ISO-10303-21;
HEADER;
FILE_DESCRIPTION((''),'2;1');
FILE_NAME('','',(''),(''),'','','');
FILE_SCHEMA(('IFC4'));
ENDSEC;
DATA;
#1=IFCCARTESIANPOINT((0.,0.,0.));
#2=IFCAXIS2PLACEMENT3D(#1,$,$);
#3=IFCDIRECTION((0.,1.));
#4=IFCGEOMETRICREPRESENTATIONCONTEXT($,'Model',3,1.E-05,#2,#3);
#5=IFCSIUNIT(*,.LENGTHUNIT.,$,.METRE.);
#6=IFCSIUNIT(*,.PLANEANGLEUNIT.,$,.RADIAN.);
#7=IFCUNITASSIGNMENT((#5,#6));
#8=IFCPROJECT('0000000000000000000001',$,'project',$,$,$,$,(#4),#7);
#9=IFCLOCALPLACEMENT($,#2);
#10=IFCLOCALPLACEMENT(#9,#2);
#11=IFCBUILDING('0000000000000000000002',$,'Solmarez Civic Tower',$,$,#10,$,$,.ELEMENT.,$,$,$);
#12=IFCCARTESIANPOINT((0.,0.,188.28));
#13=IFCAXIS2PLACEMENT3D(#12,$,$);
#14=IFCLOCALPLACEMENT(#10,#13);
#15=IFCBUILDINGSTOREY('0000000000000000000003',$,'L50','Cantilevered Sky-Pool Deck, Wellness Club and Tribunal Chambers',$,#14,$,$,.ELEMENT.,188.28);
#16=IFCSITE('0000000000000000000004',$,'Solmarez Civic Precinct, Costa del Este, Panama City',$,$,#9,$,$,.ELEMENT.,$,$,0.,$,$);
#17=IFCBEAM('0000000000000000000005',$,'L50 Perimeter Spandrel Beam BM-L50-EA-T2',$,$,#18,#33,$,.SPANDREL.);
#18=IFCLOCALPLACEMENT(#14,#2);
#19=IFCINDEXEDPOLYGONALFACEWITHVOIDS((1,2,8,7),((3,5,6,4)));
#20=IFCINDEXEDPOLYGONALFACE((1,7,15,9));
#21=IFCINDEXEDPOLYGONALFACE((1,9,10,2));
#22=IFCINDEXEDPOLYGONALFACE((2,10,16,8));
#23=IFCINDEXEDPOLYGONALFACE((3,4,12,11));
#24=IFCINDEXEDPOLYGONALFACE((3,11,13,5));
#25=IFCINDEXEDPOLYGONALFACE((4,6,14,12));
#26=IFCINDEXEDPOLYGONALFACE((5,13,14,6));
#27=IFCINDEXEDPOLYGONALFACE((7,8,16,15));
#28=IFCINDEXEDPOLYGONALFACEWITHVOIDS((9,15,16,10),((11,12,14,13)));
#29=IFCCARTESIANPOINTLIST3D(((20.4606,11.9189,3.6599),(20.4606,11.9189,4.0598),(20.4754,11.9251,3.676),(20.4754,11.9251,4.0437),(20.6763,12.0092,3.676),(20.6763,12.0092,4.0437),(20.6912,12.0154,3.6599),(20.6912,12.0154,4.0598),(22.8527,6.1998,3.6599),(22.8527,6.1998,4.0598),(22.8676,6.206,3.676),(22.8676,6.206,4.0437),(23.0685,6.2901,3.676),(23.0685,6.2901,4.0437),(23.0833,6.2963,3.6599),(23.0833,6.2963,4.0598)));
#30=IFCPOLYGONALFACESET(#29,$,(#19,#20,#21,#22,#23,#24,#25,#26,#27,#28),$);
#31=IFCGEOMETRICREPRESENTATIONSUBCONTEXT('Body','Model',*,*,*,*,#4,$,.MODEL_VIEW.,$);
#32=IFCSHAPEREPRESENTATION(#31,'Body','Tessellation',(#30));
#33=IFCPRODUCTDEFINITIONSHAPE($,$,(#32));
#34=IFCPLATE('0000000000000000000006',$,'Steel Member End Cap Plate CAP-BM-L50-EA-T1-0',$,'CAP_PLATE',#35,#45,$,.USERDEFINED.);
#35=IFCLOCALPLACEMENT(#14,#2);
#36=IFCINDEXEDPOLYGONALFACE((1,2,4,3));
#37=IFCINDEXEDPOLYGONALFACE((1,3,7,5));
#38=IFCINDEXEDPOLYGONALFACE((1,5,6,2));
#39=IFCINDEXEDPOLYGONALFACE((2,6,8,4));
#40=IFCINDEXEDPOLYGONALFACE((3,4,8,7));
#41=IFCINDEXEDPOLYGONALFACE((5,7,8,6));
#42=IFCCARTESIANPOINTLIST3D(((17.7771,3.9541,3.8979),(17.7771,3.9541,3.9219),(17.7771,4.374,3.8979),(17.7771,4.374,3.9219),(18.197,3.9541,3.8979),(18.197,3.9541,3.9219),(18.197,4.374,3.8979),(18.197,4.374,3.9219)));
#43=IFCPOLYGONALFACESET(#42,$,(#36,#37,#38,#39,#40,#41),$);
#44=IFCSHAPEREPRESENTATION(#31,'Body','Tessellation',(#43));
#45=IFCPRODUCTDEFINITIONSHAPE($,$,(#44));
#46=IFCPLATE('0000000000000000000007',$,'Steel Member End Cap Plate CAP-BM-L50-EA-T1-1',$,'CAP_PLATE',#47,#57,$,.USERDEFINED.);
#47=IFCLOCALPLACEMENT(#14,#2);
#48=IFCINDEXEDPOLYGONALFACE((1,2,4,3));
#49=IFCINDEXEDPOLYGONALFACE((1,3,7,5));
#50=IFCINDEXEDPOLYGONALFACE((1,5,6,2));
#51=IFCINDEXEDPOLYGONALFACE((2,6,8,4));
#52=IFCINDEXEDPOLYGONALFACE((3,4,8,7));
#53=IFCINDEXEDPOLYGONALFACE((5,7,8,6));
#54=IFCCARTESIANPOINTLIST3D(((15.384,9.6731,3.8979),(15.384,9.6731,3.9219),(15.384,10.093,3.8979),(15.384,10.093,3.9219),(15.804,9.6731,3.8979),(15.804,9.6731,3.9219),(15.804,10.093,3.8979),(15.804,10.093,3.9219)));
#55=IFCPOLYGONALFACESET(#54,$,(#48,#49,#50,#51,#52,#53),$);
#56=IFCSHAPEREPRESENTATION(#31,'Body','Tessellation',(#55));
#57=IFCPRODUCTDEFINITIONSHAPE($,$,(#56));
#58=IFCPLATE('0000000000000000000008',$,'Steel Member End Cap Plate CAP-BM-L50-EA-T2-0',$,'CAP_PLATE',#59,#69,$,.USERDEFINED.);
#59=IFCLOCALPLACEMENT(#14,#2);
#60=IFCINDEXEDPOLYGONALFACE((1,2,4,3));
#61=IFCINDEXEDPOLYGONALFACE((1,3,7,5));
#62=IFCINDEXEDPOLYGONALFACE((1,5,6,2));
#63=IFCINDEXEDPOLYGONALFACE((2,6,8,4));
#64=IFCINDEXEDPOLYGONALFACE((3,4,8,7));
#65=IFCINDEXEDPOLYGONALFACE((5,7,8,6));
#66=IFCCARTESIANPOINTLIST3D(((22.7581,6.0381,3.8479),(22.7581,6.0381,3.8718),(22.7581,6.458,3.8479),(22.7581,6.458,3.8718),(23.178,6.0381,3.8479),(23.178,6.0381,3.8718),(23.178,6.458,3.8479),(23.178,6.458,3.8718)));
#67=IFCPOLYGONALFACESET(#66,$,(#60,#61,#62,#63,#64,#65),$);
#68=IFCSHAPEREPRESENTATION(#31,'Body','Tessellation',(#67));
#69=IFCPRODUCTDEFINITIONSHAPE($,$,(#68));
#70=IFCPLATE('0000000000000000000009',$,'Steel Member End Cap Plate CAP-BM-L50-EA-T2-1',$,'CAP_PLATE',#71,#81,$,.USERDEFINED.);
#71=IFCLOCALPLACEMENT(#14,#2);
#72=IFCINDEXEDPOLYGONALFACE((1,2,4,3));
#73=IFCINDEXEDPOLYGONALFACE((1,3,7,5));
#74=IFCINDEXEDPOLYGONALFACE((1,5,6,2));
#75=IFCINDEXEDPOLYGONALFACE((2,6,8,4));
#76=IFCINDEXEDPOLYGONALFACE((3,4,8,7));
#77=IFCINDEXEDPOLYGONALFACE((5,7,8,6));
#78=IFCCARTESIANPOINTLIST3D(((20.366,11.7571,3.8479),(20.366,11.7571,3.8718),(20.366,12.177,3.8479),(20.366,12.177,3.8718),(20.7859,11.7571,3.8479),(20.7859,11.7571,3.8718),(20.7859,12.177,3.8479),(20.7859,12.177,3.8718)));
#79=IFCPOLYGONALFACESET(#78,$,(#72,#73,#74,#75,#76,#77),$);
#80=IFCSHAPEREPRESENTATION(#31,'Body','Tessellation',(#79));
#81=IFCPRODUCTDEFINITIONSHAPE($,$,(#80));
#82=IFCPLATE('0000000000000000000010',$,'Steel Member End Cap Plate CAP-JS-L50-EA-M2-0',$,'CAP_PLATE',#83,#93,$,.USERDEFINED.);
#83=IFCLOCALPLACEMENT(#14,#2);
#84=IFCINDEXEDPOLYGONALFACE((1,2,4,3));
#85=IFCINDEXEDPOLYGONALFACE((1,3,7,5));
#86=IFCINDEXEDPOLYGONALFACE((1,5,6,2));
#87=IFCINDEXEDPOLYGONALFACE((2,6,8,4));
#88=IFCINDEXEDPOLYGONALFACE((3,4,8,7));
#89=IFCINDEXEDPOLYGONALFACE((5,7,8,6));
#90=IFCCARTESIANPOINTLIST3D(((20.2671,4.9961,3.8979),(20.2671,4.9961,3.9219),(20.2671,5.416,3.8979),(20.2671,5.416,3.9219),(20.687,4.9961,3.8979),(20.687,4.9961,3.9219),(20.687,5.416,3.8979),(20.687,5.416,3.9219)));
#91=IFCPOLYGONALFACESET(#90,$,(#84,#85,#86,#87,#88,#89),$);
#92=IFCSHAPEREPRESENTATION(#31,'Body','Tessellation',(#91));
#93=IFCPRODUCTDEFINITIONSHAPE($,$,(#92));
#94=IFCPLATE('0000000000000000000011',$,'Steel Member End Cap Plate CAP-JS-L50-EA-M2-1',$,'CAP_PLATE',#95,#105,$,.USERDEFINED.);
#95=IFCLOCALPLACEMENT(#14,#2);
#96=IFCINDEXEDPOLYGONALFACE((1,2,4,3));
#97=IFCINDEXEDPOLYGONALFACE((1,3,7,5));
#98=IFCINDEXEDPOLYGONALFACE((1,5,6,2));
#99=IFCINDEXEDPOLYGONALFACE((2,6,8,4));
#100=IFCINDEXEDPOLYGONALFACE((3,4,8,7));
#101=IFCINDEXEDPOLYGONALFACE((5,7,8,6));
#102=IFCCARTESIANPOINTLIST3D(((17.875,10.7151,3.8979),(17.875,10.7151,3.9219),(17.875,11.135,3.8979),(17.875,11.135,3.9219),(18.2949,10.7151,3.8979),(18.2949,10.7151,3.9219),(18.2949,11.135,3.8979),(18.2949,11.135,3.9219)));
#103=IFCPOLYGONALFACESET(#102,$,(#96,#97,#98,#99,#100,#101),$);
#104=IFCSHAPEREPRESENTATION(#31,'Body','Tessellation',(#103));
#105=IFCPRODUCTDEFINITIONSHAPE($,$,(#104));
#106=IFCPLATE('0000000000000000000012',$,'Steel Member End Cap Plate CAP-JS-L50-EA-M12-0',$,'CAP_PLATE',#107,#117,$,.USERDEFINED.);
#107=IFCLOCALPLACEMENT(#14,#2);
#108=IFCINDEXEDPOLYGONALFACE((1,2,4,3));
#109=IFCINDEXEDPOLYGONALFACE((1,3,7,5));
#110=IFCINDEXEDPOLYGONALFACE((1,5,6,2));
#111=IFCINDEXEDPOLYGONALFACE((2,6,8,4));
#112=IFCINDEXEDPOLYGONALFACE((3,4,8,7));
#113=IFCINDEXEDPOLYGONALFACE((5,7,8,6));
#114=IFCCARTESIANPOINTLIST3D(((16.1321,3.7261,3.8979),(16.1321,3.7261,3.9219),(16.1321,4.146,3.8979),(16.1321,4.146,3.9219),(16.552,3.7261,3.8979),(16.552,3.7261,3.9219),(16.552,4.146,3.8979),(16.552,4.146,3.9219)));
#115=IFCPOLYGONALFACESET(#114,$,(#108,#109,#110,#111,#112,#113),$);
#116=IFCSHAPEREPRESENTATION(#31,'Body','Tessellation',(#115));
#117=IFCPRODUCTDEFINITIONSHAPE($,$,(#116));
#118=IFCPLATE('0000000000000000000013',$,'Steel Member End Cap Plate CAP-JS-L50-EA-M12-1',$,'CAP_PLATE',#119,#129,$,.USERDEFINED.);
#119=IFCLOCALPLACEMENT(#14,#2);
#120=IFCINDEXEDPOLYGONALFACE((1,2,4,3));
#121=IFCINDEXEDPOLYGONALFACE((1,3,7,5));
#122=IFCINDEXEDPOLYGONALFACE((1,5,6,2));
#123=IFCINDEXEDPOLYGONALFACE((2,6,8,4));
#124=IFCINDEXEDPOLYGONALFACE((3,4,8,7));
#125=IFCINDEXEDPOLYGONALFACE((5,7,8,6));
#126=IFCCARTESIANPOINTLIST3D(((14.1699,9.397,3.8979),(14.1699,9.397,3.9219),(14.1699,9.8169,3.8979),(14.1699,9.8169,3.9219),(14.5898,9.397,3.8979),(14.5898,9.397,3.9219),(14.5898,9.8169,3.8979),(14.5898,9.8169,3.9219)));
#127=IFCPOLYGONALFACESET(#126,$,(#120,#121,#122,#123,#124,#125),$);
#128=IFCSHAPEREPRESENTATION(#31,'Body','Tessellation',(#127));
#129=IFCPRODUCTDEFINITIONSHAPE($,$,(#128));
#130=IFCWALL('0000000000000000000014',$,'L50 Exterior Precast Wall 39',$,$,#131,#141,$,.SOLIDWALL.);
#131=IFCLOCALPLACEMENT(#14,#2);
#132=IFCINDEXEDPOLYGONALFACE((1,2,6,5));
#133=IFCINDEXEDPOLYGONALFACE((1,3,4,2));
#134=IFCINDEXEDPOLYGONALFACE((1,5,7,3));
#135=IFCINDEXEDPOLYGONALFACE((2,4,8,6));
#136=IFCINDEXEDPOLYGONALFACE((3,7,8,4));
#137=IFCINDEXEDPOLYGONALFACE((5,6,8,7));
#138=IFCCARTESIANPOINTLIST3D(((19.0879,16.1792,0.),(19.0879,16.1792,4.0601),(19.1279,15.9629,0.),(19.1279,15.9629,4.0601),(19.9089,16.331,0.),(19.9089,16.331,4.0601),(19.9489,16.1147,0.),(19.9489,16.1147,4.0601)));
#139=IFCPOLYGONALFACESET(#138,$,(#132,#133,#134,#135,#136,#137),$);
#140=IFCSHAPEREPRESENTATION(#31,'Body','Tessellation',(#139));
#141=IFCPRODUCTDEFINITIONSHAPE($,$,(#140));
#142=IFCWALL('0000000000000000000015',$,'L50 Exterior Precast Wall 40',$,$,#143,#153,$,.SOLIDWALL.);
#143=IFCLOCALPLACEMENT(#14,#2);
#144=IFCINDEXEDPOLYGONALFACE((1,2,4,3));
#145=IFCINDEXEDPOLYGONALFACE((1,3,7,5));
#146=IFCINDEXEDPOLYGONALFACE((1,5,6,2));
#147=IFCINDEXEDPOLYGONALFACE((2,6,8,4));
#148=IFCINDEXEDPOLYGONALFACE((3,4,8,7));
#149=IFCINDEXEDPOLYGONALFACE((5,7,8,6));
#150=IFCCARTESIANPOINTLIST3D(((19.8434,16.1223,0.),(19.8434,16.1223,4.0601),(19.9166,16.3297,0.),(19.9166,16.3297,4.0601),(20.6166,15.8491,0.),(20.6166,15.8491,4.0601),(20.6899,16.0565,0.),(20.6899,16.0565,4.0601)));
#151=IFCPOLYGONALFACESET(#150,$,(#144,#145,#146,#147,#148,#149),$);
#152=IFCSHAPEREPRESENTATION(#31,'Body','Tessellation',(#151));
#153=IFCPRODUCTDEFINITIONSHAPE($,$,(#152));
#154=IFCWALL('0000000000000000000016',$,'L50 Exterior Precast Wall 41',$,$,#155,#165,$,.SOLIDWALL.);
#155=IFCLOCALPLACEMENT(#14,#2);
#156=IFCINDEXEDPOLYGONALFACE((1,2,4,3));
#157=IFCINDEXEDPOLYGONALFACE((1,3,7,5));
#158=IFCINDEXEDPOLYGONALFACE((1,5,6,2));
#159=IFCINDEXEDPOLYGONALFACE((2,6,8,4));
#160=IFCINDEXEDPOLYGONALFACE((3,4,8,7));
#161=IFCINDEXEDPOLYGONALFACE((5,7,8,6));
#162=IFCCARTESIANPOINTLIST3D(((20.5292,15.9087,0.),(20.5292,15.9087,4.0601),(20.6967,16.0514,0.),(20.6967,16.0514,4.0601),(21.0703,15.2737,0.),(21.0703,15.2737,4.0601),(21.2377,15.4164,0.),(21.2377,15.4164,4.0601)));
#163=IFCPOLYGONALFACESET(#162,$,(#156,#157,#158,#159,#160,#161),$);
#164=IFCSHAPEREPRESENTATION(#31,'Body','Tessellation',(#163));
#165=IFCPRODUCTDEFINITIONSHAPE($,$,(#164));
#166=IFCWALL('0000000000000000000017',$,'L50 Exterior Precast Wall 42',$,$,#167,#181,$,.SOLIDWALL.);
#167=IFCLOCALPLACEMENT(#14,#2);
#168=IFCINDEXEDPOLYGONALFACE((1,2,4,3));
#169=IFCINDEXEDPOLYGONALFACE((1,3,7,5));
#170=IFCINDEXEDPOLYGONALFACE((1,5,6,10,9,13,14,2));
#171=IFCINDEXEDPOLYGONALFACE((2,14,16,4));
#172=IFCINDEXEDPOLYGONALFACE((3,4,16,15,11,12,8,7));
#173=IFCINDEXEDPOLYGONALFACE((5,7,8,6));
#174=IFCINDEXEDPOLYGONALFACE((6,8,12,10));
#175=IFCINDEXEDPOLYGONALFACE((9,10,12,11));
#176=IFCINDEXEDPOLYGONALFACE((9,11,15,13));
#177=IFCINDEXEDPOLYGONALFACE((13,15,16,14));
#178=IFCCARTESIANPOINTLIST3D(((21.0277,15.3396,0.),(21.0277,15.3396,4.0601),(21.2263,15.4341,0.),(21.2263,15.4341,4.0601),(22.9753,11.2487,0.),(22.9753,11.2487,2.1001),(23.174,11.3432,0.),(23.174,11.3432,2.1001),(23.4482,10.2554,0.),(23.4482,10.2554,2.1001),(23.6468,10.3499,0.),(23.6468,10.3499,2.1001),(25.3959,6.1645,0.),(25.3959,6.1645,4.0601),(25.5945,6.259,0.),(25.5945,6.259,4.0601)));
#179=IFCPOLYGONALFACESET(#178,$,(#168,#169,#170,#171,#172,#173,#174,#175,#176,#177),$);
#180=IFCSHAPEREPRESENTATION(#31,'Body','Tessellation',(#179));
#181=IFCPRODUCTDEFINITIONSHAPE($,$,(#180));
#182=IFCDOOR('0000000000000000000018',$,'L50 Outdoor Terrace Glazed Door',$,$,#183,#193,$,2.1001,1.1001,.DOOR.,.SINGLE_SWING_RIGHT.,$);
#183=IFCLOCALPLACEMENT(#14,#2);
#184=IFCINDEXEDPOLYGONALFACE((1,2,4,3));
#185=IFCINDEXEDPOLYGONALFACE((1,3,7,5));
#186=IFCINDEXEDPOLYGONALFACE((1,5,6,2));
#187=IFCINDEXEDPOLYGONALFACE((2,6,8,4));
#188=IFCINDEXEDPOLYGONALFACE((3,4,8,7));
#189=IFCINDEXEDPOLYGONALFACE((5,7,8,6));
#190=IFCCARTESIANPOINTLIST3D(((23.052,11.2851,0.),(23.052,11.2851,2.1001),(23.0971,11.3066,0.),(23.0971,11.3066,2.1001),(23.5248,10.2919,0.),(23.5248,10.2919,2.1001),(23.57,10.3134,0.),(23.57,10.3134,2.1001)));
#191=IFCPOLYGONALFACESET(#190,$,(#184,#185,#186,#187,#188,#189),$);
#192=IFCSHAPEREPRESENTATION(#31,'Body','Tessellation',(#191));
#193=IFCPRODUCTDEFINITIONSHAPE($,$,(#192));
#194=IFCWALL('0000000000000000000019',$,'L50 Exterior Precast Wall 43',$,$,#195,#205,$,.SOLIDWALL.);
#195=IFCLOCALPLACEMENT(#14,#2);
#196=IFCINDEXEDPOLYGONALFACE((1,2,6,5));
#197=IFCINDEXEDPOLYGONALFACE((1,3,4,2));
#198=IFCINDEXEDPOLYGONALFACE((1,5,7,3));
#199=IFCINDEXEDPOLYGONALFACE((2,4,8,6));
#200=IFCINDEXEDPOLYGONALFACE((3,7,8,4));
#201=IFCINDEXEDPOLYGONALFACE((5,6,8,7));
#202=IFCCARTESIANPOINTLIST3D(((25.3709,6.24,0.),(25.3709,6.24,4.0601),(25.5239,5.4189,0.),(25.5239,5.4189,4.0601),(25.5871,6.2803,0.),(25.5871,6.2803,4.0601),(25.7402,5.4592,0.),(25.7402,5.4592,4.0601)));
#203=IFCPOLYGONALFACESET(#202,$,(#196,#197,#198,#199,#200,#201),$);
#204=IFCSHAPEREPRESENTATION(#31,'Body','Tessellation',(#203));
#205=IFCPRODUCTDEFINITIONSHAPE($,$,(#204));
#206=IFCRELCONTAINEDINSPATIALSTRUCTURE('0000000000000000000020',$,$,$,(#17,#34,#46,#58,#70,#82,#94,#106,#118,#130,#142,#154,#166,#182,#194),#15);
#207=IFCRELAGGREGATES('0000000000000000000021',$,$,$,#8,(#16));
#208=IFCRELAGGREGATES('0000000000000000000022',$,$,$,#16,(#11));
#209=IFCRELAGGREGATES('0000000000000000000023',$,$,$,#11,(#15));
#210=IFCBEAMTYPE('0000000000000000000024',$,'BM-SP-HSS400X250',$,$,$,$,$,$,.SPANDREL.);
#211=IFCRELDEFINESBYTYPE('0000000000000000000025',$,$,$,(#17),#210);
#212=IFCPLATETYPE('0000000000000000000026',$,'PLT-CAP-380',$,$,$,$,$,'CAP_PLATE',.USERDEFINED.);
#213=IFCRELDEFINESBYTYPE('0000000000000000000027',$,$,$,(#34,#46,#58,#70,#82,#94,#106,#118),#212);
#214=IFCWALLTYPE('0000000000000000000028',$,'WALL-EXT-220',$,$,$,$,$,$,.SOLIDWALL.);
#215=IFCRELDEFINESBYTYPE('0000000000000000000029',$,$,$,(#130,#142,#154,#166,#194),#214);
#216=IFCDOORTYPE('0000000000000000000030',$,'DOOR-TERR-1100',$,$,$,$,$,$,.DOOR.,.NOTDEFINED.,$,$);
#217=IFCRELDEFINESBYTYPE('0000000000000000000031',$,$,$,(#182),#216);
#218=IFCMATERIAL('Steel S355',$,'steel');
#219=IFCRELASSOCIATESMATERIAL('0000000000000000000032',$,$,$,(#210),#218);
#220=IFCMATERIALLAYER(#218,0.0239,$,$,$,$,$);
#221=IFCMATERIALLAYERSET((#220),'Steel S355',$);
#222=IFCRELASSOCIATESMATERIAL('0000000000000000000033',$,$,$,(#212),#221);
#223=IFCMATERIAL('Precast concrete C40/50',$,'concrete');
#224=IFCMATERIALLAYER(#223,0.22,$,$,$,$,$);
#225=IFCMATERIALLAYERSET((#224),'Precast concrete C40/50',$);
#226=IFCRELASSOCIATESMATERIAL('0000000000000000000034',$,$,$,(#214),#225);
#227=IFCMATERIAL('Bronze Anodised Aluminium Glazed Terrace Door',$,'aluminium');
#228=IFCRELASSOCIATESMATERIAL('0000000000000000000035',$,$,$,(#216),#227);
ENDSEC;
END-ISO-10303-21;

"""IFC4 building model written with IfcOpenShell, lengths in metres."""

from ifc_helpers import new_model, si_unit, direction, frame, frame_2d, origin, origin_2d, place, context, subcontext, project, spatial, rectangle, hollow_rectangle, extrude, material, layer, layer_set, material_profile, profile_set, type_object, element, fill, save


model = new_model("IFC4")

# Units and contexts
model_context = context("Model", 3, precision=1e-05, world=origin(), true_north=direction((0.0, 1.0)))
body_context = subcontext(model_context, "Body", "Model", "MODEL_VIEW")
ifc_project = project(units=[si_unit("LENGTHUNIT", "METRE"), si_unit("PLANEANGLEUNIT", "RADIAN")], contexts=[model_context])

# Site, building, storey
site_placement = place(None, origin())
site = spatial("IfcSite", under=ifc_project, at=site_placement, Name="Solmarez Civic Precinct, Costa del Este, Panama City", CompositionType="ELEMENT", RefElevation=0.0)
building_placement = place(site_placement, origin())
building = spatial("IfcBuilding", under=site, at=building_placement, Name="Solmarez Civic Tower", CompositionType="ELEMENT")
storey_placement = place(building_placement, frame((0.0, 0.0, 188.28)))
storey = spatial("IfcBuildingStorey", under=building, at=storey_placement, Name="L50", Description="Cantilevered Sky-Pool Deck, Wellness Club and Tribunal Chambers", CompositionType="ELEMENT", Elevation=188.28)

# Shared definitions
ifc_material_1 = material(Name="Steel S355", Category="steel")

# Beam
ifc_material_profile_1 = material_profile(ifc_material_1, hollow_rectangle(XDim=0.25, YDim=0.3999, WallThickness=0.0161, at=origin_2d()), Name="HSS400X250X16")
ifc_profile_set_1 = profile_set([ifc_material_profile_1], Name="Steel S355")
beam_type_1 = type_object("IfcBeamType", Name="BM-SP-HSS400X250", PredefinedType="SPANDREL", material=ifc_profile_set_1)
beam_1_placement = place(storey_placement, frame((22.968, 6.248, 3.8599), z_axis=(-0.385876, 0.922551, 0.0), x_axis=(-0.922551, -0.385876, 0.0)))
element("IfcBeam", 1, at=beam_1_placement, inside=storey, type_object=beam_type_1, Name="L50 Perimeter Spandrel Beam BM-L50-EA-T2", PredefinedType="SPANDREL", context=body_context, shape_type="SweptSolid", body=[
    extrude(hollow_rectangle(XDim=0.25, YDim=0.3999, WallThickness=0.0161, at=origin_2d()), origin(), (0.0, 0.0, 1.0), 6.1992),
])

# Plates
ifc_layer_1 = layer(ifc_material_1, 0.0239)
ifc_layer_set_1 = layer_set([ifc_layer_1], Name="Steel S355")
plate_type = type_object("IfcPlateType", Name="PLT-CAP-380", ElementType="CAP_PLATE", PredefinedType="USERDEFINED", material=ifc_layer_set_1)
for number, where, z_axis, x_axis, name in (
    (2, (17.9871, 4.1641, 3.8979), (0.0, 0.0, 1.0), (1.0, 0.0, 0.0), "Steel Member End Cap Plate CAP-BM-L50-EA-T1-0"),
    (3, (15.594, 9.8831, 3.8979), (0.0, 0.0, 1.0), (1.0, 0.0, 0.0), "Steel Member End Cap Plate CAP-BM-L50-EA-T1-1"),
    (4, (22.968, 6.248, 3.8479), (0.0, 0.0, 1.0), (1.0, 0.0, 0.0), "Steel Member End Cap Plate CAP-BM-L50-EA-T2-0"),
    (5, (20.5759, 11.967, 3.8479), (0.0, 0.0, 1.0), (1.0, 0.0, 0.0), "Steel Member End Cap Plate CAP-BM-L50-EA-T2-1"),
    (6, (20.4771, 5.2061, 3.8979), (0.0, 0.0, 1.0), (1.0, 0.0, 0.0), "Steel Member End Cap Plate CAP-JS-L50-EA-M2-0"),
    (7, (18.085, 10.925, 3.8979), (0.0, 0.0, 1.0), (1.0, 0.0, 0.0), "Steel Member End Cap Plate CAP-JS-L50-EA-M2-1"),
    (8, (16.342, 3.936, 3.8979), (0.0, 0.0, 1.0), (1.0, 0.0, 0.0), "Steel Member End Cap Plate CAP-JS-L50-EA-M12-0"),
    (9, (14.3799, 9.6069, 3.8979), (0.0, 0.0, 1.0), (1.0, 0.0, 0.0), "Steel Member End Cap Plate CAP-JS-L50-EA-M12-1"),
):
    element("IfcPlate", number, at=place(storey_placement, frame(where, z_axis=z_axis, x_axis=x_axis)), inside=storey, type_object=plate_type, Name=name, ObjectType="CAP_PLATE", PredefinedType="USERDEFINED", context=body_context, shape_type="SweptSolid", body=[
        extrude(rectangle(XDim=0.4199, YDim=0.4199, at=origin_2d()), origin(), (0.0, 0.0, 1.0), 0.0239),
    ])

# Walls
ifc_material_2 = material(Name="Precast concrete C40/50", Category="concrete")
ifc_layer_2 = layer(ifc_material_2, 0.22)
ifc_layer_set_2 = layer_set([ifc_layer_2], Name="Precast concrete C40/50")
wall_type_1 = type_object("IfcWallType", Name="WALL-EXT-220", PredefinedType="SOLIDWALL", material=ifc_layer_set_2)
wall_1_placement = place(storey_placement, frame((19.1079, 16.071, 0.0), z_axis=(0.0, 0.0, 1.0), x_axis=(0.983323, 0.181869, 0.0)))
element("IfcWall", 10, at=wall_1_placement, inside=storey, type_object=wall_type_1, Name="L50 Exterior Precast Wall 39", PredefinedType="SOLIDWALL", context=body_context, shape_type="SweptSolid", body=[
    extrude(rectangle(XDim=0.835, YDim=0.22, at=frame_2d((0.4175, 0.0))), origin(), (0.0, 0.0, 1.0), 4.0601),
])
wall_2_placement = place(storey_placement, frame((19.8799, 16.2261, 0.0), z_axis=(0.0, 0.0, 1.0), x_axis=(0.942875, -0.333147, 0.0)))
element("IfcWall", 11, at=wall_2_placement, inside=storey, type_object=wall_type_1, Name="L50 Exterior Precast Wall 40", PredefinedType="SOLIDWALL", context=body_context, shape_type="SweptSolid", body=[
    extrude(rectangle(XDim=0.8201, YDim=0.22, at=frame_2d((0.4102, 0.0))), origin(), (0.0, 0.0, 1.0), 4.0601),
])
wall_3_placement = place(storey_placement, frame((20.613, 15.98, 0.0), z_axis=(0.0, 0.0, 1.0), x_axis=(0.648523, -0.761195, 0.0)))
element("IfcWall", 12, at=wall_3_placement, inside=storey, type_object=wall_type_1, Name="L50 Exterior Precast Wall 41", PredefinedType="SOLIDWALL", context=body_context, shape_type="SweptSolid", body=[
    extrude(rectangle(XDim=0.8342, YDim=0.22, at=frame_2d((0.417, 0.0))), origin(), (0.0, 0.0, 1.0), 4.0601),
])

# Wall, opening, door
wall_4_placement = place(storey_placement, frame((21.127, 15.387, 0.0), z_axis=(0.0, 0.0, 1.0), x_axis=(0.429861, -0.902895, 0.0)))
wall_4 = element("IfcWall", 13, at=wall_4_placement, inside=storey, type_object=wall_type_1, Name="L50 Exterior Precast Wall 42", PredefinedType="SOLIDWALL", context=body_context, shape_type="SweptSolid", body=[
    extrude(rectangle(XDim=10.1619, YDim=0.22, at=frame_2d((5.0811, 0.0))), origin(), (0.0, 0.0, 1.0), 4.0601),
])
opening_1_placement = place(wall_4_placement, frame((4.531, 0.0, 0.0)))
opening_1 = element("IfcOpeningElement", 14, at=opening_1_placement, cuts=wall_4, PredefinedType="OPENING", context=body_context, shape_type="SweptSolid", body=[
    extrude(rectangle(XDim=1.1001, YDim=2.1001, at=frame_2d((0.55, 1.05))), frame((0.0, 0.1199, 0.0), z_axis=(0.0, -1.0, 0.0), x_axis=(1.0, 0.0, 0.0)), (0.0, 0.0, 1.0), 0.24),
])
ifc_material_3 = material(Name="Bronze Anodised Aluminium Glazed Terrace Door", Category="aluminium")
door_type_1 = type_object("IfcDoorType", Name="DOOR-TERR-1100", OperationType="NOTDEFINED", PredefinedType="DOOR", material=ifc_material_3)
door_1_placement = place(opening_1_placement, origin())
door_1 = element("IfcDoor", 15, at=door_1_placement, inside=storey, type_object=door_type_1, Name="L50 Outdoor Terrace Glazed Door", OperationType="SINGLE_SWING_RIGHT", OverallHeight=2.1001, OverallWidth=1.1001, PredefinedType="DOOR", context=body_context, shape_type="SweptSolid", body=[
    extrude(rectangle(XDim=1.1001, YDim=2.1001, at=frame_2d((0.55, 1.05))), frame((0.0, 0.0249, 0.0), z_axis=(0.0, -1.0, 0.0), x_axis=(1.0, 0.0, 0.0)), (0.0, 0.0, 1.0), 0.05),
])
fill(opening_1, door_1)

# Wall
wall_5_placement = place(storey_placement, frame((25.479, 6.26, 0.0), z_axis=(0.0, 0.0, 1.0), x_axis=(0.183282, -0.98306, 0.0)))
element("IfcWall", 16, at=wall_5_placement, inside=storey, type_object=wall_type_1, Name="L50 Exterior Precast Wall 43", PredefinedType="SOLIDWALL", context=body_context, shape_type="SweptSolid", body=[
    extrude(rectangle(XDim=0.8352, YDim=0.22, at=frame_2d((0.4175, 0.0))), origin(), (0.0, 0.0, 1.0), 4.0601),
])

save(model, "model.ifc")
